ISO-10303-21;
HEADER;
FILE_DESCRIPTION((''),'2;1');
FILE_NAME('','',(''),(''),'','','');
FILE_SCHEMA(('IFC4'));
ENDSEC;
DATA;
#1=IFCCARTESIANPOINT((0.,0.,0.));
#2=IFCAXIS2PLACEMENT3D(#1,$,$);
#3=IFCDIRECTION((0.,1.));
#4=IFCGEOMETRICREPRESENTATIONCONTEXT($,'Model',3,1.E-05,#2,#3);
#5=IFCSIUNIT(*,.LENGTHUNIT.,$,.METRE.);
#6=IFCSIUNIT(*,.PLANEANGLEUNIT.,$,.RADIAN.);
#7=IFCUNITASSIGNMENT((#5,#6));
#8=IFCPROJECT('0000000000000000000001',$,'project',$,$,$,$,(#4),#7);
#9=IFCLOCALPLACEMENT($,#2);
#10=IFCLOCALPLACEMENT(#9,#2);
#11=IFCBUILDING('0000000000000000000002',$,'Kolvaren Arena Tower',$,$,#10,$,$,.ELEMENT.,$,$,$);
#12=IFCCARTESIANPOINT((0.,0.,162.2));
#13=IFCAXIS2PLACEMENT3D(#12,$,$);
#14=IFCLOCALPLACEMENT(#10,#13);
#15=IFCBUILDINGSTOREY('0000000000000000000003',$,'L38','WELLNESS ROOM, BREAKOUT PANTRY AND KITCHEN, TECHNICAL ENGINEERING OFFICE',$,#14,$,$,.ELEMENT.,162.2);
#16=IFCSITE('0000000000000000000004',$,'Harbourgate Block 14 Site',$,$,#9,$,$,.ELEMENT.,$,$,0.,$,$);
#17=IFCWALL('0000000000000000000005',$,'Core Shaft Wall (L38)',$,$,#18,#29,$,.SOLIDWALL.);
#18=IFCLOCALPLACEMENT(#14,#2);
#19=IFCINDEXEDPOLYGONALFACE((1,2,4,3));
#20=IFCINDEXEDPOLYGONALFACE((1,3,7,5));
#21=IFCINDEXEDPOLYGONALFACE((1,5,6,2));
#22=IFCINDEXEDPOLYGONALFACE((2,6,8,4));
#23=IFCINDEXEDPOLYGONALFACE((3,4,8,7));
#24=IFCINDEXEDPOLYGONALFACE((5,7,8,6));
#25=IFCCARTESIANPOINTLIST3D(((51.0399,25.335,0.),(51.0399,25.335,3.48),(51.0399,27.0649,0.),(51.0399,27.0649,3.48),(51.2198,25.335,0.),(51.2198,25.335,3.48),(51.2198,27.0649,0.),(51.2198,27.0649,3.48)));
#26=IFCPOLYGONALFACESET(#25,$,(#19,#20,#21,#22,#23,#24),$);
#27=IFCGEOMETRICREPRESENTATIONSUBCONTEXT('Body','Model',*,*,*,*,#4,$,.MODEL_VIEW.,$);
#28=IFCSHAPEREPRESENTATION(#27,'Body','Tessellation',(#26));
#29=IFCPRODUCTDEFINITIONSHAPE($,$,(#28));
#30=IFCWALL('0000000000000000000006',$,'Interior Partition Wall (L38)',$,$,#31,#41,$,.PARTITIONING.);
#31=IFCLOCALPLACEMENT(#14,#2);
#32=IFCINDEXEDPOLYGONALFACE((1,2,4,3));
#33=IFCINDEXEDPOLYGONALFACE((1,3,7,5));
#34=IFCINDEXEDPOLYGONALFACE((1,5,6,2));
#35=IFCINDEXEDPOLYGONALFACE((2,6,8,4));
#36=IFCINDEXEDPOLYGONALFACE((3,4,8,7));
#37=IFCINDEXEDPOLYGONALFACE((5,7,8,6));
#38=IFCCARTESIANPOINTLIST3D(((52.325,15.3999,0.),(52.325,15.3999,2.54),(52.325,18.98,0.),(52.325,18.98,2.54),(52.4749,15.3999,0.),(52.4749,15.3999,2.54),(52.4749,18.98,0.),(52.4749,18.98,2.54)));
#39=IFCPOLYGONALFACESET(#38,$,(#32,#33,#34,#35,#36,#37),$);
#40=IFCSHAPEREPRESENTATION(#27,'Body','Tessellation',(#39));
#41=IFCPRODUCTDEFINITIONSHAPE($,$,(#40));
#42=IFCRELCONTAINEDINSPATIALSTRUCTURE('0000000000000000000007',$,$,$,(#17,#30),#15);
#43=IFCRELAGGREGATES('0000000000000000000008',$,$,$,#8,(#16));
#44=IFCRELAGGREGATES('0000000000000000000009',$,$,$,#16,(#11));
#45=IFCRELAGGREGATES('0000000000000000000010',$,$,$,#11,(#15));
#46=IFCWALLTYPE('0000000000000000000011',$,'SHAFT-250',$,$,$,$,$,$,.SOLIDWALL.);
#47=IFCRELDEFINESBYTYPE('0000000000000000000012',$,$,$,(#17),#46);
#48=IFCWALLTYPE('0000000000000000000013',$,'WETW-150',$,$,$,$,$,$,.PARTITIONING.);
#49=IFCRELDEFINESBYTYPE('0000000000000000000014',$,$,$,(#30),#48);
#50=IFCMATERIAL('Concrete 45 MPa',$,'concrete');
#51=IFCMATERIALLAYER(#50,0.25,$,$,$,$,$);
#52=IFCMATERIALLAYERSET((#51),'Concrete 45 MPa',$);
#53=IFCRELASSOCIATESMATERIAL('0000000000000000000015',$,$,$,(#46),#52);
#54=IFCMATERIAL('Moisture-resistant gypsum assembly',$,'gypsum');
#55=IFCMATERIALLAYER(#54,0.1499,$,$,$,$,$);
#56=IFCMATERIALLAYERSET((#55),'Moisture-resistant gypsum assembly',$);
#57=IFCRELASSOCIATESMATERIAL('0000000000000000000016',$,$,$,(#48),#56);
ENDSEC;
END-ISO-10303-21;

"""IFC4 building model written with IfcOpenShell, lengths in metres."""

from ifc_helpers import new_model, si_unit, direction, frame, frame_2d, origin, place, context, subcontext, project, spatial, rectangle, extrude, material, layer, layer_set, type_object, element, save


model = new_model("IFC4")

# Units and contexts
model_context = context("Model", 3, precision=1e-05, world=origin(), true_north=direction((0.0, 1.0)))
body_context = subcontext(model_context, "Body", "Model", "MODEL_VIEW")
ifc_project = project(units=[si_unit("LENGTHUNIT", "METRE"), si_unit("PLANEANGLEUNIT", "RADIAN")], contexts=[model_context])

# Site, building, storey
site_placement = place(None, origin())
site = spatial("IfcSite", under=ifc_project, at=site_placement, Name="Harbourgate Block 14 Site", CompositionType="ELEMENT", RefElevation=0.0)
building_placement = place(site_placement, origin())
building = spatial("IfcBuilding", under=site, at=building_placement, Name="Kolvaren Arena Tower", CompositionType="ELEMENT")
storey_placement = place(building_placement, frame((0.0, 0.0, 162.2)))
storey = spatial("IfcBuildingStorey", under=building, at=storey_placement, Name="L38", Description="WELLNESS ROOM, BREAKOUT PANTRY AND KITCHEN, TECHNICAL ENGINEERING OFFICE", CompositionType="ELEMENT", Elevation=162.2)

# Shared definitions
ifc_material_1 = material(Name="Concrete 45 MPa", Category="concrete")
ifc_layer_1 = layer(ifc_material_1, 0.25)
ifc_layer_set_1 = layer_set([ifc_layer_1], Name="Concrete 45 MPa")
wall_type_1 = type_object("IfcWallType", Name="SHAFT-250", PredefinedType="SOLIDWALL", material=ifc_layer_set_1)

# Walls
wall_1_placement = place(storey_placement, frame((51.1299, 25.335, 0.0), z_axis=(0.0, 0.0, 1.0), x_axis=(0.0, 1.0, 0.0)))
element("IfcWall", 1, at=wall_1_placement, inside=storey, type_object=wall_type_1, Name="Core Shaft Wall (L38)", PredefinedType="SOLIDWALL", context=body_context, shape_type="SweptSolid", body=[
    extrude(rectangle(XDim=1.73, YDim=0.1799, at=frame_2d((0.865, 0.0))), origin(), (0.0, 0.0, 1.0), 3.48),
])
ifc_material_2 = material(Name="Moisture-resistant gypsum assembly", Category="gypsum")
ifc_layer_2 = layer(ifc_material_2, 0.1499)
ifc_layer_set_2 = layer_set([ifc_layer_2], Name="Moisture-resistant gypsum assembly")
wall_type_2 = type_object("IfcWallType", Name="WETW-150", PredefinedType="PARTITIONING", material=ifc_layer_set_2)
wall_2_placement = place(storey_placement, frame((52.3999, 15.3999, 0.0), z_axis=(0.0, 0.0, 1.0), x_axis=(0.0, 1.0, 0.0)))
element("IfcWall", 2, at=wall_2_placement, inside=storey, type_object=wall_type_2, Name="Interior Partition Wall (L38)", PredefinedType="PARTITIONING", context=body_context, shape_type="SweptSolid", body=[
    extrude(rectangle(XDim=3.5801, YDim=0.1499, at=frame_2d((1.79, 0.0))), origin(), (0.0, 0.0, 1.0), 2.54),
])

save(model, "model.ifc")
